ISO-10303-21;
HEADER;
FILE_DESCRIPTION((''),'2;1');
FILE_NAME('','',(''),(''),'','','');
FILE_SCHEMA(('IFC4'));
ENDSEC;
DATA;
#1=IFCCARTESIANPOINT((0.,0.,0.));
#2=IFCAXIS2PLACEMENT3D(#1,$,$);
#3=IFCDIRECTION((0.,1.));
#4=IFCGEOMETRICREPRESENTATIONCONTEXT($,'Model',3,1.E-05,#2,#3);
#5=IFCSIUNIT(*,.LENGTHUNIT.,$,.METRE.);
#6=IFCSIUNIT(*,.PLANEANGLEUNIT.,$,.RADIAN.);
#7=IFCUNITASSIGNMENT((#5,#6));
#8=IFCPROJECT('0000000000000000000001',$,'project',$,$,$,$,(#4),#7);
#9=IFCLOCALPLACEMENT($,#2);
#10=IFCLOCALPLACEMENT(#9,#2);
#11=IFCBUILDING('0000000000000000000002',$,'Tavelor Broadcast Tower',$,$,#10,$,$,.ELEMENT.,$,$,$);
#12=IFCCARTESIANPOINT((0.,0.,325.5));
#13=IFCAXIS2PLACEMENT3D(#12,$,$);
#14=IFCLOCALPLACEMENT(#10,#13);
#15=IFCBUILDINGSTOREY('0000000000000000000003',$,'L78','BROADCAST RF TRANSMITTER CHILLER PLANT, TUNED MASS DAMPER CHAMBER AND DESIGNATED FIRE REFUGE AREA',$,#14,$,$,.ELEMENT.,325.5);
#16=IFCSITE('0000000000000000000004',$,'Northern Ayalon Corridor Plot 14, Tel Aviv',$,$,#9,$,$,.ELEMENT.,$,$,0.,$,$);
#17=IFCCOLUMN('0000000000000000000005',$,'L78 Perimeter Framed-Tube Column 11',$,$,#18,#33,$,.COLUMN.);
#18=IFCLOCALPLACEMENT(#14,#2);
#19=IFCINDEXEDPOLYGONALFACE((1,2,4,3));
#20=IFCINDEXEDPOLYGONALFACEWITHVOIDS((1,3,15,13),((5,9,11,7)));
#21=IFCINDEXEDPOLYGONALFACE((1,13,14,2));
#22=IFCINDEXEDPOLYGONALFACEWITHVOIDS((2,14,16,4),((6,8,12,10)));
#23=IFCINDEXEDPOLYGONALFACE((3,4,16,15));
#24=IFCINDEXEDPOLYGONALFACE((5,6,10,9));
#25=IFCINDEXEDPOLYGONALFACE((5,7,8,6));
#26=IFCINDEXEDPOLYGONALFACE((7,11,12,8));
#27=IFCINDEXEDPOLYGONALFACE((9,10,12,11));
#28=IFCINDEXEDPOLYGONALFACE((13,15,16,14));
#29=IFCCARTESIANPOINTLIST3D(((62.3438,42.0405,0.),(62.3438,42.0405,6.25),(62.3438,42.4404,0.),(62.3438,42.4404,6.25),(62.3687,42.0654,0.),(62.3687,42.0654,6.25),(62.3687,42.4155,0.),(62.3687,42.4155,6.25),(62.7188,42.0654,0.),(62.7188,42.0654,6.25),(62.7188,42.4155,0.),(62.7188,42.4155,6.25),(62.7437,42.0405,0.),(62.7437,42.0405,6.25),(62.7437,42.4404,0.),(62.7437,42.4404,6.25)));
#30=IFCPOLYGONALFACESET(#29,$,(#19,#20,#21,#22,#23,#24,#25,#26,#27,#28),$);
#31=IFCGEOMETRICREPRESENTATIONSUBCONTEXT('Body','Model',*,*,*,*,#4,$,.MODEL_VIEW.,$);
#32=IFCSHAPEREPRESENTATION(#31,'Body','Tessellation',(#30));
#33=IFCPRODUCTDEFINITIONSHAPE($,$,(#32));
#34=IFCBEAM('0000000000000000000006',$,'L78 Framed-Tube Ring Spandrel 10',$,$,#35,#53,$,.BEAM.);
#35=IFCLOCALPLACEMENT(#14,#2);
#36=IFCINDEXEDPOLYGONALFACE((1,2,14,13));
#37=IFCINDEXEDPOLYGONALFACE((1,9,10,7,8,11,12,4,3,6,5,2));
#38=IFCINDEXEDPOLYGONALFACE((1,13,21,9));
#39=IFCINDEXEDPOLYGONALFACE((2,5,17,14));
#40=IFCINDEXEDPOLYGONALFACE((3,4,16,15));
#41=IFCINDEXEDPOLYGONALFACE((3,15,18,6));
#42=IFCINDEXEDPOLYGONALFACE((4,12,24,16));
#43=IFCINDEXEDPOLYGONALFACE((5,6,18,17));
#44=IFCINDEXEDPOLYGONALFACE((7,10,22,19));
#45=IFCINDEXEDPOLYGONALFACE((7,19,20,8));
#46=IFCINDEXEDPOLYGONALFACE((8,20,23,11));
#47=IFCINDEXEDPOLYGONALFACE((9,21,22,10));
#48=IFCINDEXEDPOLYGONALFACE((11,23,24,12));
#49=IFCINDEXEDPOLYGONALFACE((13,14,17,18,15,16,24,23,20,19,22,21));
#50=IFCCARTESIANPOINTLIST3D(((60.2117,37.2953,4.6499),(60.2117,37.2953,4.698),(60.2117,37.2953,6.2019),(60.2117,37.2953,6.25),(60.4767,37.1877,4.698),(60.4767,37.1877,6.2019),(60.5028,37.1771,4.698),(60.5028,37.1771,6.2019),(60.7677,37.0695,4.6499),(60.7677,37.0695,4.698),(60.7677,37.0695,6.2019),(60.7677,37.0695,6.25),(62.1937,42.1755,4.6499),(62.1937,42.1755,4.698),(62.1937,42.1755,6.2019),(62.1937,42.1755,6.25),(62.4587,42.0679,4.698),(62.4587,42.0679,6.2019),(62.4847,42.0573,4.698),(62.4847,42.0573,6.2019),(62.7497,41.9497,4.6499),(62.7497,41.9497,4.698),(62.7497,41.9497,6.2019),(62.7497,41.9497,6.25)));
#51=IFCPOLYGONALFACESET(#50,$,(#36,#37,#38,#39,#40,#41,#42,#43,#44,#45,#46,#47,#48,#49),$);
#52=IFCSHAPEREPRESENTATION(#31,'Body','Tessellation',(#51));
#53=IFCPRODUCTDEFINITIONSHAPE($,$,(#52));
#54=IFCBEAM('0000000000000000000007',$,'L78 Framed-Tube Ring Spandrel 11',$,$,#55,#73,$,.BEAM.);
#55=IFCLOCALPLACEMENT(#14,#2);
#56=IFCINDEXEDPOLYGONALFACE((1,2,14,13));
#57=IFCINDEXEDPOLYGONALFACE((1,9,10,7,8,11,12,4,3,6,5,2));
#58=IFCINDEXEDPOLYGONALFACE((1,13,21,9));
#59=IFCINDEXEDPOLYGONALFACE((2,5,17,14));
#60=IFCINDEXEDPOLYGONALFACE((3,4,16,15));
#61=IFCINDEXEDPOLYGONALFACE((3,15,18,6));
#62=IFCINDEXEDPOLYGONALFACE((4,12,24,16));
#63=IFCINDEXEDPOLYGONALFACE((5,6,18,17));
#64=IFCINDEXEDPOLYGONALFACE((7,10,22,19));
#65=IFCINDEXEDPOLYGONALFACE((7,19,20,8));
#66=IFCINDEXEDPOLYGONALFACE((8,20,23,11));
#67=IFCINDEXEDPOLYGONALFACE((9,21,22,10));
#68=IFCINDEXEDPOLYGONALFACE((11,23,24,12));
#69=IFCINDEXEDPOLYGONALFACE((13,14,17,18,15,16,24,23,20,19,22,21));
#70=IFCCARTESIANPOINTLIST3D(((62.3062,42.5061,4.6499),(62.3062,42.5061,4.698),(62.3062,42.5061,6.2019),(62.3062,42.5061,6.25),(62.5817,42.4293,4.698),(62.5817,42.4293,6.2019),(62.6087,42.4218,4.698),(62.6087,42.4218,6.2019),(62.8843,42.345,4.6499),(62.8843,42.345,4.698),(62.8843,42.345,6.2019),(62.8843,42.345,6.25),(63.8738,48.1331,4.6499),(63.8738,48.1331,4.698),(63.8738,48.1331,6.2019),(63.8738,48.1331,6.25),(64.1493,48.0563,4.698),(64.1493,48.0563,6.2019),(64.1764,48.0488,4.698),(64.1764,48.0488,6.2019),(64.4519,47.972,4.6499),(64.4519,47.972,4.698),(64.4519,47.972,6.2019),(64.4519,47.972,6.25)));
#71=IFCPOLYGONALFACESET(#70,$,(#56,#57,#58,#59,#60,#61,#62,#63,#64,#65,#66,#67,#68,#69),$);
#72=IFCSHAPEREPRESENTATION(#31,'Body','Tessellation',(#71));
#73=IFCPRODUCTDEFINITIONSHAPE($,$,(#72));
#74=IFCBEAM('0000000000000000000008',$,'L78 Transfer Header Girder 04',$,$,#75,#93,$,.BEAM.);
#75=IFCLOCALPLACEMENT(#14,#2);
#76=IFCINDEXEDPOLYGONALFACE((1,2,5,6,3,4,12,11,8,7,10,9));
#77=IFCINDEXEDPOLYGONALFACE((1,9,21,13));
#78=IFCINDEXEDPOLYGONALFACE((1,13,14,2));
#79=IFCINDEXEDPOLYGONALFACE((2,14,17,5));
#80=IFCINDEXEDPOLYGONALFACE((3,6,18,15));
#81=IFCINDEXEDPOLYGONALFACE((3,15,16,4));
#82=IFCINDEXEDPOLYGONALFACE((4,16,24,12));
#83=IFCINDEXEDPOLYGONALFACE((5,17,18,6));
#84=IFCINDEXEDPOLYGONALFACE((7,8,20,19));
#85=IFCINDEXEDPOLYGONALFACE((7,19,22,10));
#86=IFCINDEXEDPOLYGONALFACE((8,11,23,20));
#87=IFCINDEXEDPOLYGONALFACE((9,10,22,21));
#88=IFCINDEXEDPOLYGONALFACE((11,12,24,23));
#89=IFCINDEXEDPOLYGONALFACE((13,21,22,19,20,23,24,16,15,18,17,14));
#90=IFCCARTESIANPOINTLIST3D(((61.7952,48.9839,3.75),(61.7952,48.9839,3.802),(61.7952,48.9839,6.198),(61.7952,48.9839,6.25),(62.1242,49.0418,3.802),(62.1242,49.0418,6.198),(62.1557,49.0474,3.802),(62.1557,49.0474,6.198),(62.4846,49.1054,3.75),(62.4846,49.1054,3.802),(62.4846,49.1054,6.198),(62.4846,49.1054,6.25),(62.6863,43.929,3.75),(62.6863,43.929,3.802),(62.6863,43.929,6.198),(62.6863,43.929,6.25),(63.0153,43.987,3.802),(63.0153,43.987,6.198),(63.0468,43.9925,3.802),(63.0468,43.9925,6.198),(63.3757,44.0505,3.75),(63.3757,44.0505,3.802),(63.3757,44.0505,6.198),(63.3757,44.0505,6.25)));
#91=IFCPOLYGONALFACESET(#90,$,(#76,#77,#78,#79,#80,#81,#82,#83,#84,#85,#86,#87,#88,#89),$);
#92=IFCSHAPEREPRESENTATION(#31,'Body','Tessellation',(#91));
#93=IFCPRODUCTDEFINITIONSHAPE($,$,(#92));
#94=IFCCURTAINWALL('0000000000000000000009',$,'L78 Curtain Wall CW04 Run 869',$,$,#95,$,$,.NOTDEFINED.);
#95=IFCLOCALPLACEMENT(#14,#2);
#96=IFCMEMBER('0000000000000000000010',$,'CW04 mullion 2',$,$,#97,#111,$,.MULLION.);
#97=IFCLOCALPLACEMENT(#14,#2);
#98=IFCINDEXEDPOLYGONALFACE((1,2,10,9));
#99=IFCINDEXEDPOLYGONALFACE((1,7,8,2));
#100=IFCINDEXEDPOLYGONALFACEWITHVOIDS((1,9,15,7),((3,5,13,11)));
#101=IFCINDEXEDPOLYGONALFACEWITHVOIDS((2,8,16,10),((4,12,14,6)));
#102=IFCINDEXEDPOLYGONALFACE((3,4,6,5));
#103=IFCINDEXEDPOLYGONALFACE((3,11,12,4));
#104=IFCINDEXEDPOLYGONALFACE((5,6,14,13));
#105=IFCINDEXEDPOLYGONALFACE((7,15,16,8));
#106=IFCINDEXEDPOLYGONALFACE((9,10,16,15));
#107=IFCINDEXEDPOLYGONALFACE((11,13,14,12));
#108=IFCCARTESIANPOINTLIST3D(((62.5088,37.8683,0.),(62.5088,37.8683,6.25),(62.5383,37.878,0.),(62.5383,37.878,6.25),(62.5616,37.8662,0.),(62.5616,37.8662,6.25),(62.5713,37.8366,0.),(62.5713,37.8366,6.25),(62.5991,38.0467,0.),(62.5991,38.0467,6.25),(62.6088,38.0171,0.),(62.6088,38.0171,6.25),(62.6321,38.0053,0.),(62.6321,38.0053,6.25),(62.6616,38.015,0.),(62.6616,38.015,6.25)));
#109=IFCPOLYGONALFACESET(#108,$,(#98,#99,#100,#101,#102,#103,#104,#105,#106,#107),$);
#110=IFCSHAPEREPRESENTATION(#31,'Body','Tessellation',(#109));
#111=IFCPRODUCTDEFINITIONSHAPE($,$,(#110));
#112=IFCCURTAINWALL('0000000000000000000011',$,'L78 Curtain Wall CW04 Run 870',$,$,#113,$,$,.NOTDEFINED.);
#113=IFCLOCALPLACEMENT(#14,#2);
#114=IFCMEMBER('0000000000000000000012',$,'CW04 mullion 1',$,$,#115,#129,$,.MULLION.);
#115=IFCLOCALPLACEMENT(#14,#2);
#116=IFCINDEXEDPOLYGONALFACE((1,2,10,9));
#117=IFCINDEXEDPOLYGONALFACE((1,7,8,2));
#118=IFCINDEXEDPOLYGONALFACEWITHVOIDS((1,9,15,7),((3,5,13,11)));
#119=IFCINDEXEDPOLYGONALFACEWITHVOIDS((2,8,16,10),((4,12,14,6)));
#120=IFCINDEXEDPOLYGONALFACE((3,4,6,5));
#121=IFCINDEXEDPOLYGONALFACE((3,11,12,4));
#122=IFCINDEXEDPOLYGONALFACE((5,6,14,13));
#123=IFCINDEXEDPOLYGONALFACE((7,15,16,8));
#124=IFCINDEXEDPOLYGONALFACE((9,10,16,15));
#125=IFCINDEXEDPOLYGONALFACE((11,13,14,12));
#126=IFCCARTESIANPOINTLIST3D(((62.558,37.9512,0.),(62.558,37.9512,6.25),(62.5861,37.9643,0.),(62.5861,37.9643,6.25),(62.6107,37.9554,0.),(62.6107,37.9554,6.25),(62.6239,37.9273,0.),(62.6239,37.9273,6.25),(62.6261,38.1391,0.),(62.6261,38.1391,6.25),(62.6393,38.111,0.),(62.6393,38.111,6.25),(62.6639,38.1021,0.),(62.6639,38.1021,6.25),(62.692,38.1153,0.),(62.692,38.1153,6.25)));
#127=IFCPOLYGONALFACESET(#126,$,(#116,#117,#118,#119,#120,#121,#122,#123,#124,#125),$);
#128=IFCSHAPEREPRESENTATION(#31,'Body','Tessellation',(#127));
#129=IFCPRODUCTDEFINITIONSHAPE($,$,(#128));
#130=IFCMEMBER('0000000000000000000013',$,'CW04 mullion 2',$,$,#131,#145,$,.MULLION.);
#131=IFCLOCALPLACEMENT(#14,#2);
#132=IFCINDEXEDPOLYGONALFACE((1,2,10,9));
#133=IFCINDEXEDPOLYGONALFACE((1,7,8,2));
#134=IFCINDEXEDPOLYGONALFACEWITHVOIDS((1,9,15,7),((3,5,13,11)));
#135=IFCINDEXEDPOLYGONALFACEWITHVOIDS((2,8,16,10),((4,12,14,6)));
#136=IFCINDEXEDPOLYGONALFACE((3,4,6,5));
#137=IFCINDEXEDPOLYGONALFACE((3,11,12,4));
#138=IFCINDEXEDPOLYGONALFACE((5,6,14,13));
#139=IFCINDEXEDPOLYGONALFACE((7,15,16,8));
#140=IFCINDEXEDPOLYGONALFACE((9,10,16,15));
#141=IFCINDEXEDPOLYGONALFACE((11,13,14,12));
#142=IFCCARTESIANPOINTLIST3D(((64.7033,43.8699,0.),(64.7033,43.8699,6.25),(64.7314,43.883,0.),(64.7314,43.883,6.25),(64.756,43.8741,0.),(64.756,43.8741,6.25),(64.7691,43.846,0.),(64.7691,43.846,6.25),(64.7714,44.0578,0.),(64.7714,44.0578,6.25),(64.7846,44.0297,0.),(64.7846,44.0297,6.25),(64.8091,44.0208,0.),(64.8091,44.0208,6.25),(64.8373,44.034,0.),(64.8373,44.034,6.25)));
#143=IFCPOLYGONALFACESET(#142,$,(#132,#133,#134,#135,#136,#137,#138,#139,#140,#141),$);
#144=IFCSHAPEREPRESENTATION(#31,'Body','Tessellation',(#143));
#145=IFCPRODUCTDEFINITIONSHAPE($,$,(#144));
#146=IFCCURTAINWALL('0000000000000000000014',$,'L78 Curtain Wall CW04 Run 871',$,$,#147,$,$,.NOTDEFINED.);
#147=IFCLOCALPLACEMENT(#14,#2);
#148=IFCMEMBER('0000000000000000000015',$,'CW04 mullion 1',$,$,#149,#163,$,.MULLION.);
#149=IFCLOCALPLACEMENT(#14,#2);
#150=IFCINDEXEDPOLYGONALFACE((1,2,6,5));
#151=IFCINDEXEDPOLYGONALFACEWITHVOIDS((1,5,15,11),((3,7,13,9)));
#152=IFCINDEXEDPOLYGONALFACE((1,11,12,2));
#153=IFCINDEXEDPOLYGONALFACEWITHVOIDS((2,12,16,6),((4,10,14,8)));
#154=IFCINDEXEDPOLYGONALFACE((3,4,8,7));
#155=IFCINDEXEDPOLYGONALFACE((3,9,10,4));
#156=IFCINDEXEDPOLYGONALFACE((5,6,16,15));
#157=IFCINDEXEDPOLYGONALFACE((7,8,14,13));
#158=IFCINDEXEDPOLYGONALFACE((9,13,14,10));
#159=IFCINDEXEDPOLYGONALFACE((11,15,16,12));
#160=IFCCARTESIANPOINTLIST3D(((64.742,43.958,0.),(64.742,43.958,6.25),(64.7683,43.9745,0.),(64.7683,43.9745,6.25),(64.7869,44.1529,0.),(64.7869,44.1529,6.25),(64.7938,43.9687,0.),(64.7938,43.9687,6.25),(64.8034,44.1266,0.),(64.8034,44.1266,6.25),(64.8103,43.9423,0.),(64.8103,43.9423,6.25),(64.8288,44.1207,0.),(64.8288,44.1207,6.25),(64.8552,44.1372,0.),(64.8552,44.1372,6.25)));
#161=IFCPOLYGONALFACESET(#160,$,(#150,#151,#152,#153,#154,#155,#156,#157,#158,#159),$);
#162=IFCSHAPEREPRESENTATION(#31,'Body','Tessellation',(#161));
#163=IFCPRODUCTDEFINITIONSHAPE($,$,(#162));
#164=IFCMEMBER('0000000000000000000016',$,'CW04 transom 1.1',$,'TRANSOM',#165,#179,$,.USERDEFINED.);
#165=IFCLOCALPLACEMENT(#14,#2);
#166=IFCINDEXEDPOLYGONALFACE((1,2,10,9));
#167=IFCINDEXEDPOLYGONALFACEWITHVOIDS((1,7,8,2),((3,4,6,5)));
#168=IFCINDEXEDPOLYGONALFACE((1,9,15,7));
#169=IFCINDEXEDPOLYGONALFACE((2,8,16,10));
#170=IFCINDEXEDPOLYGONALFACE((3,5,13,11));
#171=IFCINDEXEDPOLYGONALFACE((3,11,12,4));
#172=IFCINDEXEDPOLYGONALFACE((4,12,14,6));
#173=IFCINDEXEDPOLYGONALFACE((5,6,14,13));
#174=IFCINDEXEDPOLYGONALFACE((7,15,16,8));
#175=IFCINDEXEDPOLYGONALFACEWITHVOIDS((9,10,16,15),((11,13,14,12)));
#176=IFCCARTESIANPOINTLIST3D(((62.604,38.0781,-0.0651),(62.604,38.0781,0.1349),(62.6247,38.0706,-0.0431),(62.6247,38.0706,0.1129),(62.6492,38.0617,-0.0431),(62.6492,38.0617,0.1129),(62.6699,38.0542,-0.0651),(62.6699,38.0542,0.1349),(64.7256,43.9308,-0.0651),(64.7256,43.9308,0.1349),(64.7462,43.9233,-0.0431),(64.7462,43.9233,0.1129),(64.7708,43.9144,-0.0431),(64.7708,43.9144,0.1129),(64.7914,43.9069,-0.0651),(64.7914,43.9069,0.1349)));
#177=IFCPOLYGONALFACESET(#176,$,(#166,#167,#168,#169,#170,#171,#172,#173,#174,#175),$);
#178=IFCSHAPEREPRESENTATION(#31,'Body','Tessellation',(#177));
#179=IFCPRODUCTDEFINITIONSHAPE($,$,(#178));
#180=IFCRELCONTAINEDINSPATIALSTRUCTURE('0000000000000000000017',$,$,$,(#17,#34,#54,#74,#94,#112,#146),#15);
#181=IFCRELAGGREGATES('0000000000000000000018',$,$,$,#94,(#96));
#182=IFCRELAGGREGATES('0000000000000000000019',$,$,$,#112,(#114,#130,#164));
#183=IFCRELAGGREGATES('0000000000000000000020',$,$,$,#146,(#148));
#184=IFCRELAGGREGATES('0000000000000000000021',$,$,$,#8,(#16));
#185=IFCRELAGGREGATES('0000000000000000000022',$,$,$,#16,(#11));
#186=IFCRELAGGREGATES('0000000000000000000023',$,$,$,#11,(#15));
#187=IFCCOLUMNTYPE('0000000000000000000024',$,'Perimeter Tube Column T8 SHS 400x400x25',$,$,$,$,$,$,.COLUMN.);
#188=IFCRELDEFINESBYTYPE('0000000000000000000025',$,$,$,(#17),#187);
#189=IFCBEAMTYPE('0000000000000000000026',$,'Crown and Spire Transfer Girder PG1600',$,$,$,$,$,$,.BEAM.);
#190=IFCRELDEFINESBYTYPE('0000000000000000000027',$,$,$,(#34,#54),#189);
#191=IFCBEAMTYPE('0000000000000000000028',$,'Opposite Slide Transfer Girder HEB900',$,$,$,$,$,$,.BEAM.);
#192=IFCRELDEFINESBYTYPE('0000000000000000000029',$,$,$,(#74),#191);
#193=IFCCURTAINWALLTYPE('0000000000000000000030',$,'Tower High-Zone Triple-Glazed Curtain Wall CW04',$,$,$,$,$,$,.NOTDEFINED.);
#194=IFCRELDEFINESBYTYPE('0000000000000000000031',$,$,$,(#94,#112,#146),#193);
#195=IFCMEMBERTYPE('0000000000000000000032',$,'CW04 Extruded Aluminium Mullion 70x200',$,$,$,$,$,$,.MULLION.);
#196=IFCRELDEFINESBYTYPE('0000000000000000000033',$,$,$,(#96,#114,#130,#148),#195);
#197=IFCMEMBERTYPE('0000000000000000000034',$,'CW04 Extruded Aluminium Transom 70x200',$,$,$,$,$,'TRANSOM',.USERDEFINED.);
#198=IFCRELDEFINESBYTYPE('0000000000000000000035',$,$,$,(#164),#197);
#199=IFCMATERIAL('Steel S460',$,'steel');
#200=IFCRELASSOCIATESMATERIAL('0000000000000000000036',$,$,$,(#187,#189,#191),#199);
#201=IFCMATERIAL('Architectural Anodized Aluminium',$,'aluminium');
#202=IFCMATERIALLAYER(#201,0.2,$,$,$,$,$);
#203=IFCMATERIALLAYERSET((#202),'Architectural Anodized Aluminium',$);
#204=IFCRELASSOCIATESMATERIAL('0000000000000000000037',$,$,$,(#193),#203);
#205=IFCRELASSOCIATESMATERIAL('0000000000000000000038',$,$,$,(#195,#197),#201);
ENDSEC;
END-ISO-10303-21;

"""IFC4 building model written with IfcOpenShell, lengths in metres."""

from ifc_helpers import new_model, si_unit, direction, frame, origin, origin_2d, place, context, subcontext, project, spatial, hollow_rectangle, i_section, extrude, source, transform, mapped, material, layer, layer_set, material_profile, profile_set, type_object, type_shapes, element, aggregate, save


model = new_model("IFC4")

# Units and contexts
model_context = context("Model", 3, precision=1e-05, world=origin(), true_north=direction((0.0, 1.0)))
body_context = subcontext(model_context, "Body", "Model", "MODEL_VIEW")
ifc_project = project(units=[si_unit("LENGTHUNIT", "METRE"), si_unit("PLANEANGLEUNIT", "RADIAN")], contexts=[model_context])

# Site, building, storey
site_placement = place(None, origin())
site = spatial("IfcSite", under=ifc_project, at=site_placement, Name="Northern Ayalon Corridor Plot 14, Tel Aviv", CompositionType="ELEMENT", RefElevation=0.0)
building_placement = place(site_placement, origin())
building = spatial("IfcBuilding", under=site, at=building_placement, Name="Tavelor Broadcast Tower", CompositionType="ELEMENT")
storey_placement = place(building_placement, frame((0.0, 0.0, 325.5)))
storey = spatial("IfcBuildingStorey", under=building, at=storey_placement, Name="L78", Description="BROADCAST RF TRANSMITTER CHILLER PLANT, TUNED MASS DAMPER CHAMBER AND DESIGNATED FIRE REFUGE AREA", CompositionType="ELEMENT", Elevation=325.5)

# Column
ifc_material_1 = material(Name="Steel S460", Category="steel")
ifc_material_profile_1 = material_profile(ifc_material_1, hollow_rectangle(XDim=0.3999, YDim=0.3999, WallThickness=0.0249, at=origin_2d()), Name="SHS 400x400x25")
ifc_profile_set_1 = profile_set([ifc_material_profile_1], Name="Steel S460")
column_type = type_object("IfcColumnType", Name="Perimeter Tube Column T8 SHS 400x400x25", PredefinedType="COLUMN", material=ifc_profile_set_1)
column_placement = place(storey_placement, frame((62.5437, 42.2405, 0.0), z_axis=(0.0, 0.0, 1.0), x_axis=(1.0, 0.0, 0.0)))
element("IfcColumn", 1, at=column_placement, inside=storey, type_object=column_type, Name="L78 Perimeter Framed-Tube Column 11", PredefinedType="COLUMN", context=body_context, shape_type="SweptSolid", body=[
    extrude(hollow_rectangle(XDim=0.3999, YDim=0.3999, WallThickness=0.0249, at=origin_2d()), origin(), (0.0, 0.0, 1.0), 6.25),
])

# Beams
ifc_material_profile_2 = material_profile(ifc_material_1, i_section(OverallWidth=0.6001, OverallDepth=1.6001, WebThickness=0.0281, FlangeThickness=0.0481, at=origin_2d()), Name="PG 1600x600")
ifc_profile_set_2 = profile_set([ifc_material_profile_2], Name="Steel S460")
beam_type_1 = type_object("IfcBeamType", Name="Crown and Spire Transfer Girder PG1600", PredefinedType="BEAM", material=ifc_profile_set_2)
beam_1_placement = place(storey_placement, frame((60.4897, 37.1824, 5.45), z_axis=(0.376276, 0.926507, 0.0), x_axis=(-0.926507, 0.376276, 0.0)))
element("IfcBeam", 2, at=beam_1_placement, inside=storey, type_object=beam_type_1, Name="L78 Framed-Tube Ring Spandrel 10", PredefinedType="BEAM", context=body_context, shape_type="SweptSolid", body=[
    extrude(i_section(OverallWidth=0.6001, OverallDepth=1.6001, WebThickness=0.0281, FlangeThickness=0.0481, at=origin_2d()), origin(), (0.0, 0.0, 1.0), 5.2673),
])
beam_2_placement = place(storey_placement, frame((62.5952, 42.4255, 5.45), z_axis=(0.268372, 0.963315, 0.0), x_axis=(-0.963315, 0.268372, 0.0)))
element("IfcBeam", 3, at=beam_2_placement, inside=storey, type_object=beam_type_1, Name="L78 Framed-Tube Ring Spandrel 11", PredefinedType="BEAM", context=body_context, shape_type="SweptSolid", body=[
    extrude(i_section(OverallWidth=0.6001, OverallDepth=1.6001, WebThickness=0.0281, FlangeThickness=0.0481, at=origin_2d()), origin(), (0.0, 0.0, 1.0), 5.8413),
])
ifc_material_profile_3 = material_profile(ifc_material_1, i_section(OverallWidth=0.7, OverallDepth=2.5, WebThickness=0.032, FlangeThickness=0.052, at=origin_2d()), Name="PG 2500x700")
ifc_profile_set_3 = profile_set([ifc_material_profile_3], Name="Steel S460")
beam_type_2 = type_object("IfcBeamType", Name="Opposite Slide Transfer Girder HEB900", PredefinedType="BEAM", material=ifc_profile_set_3)
beam_3_placement = place(storey_placement, frame((63.031, 43.9897, 5.0), z_axis=(-0.173609, 0.984815, 0.0), x_axis=(-0.984815, -0.173609, 0.0)))
element("IfcBeam", 4, at=beam_3_placement, inside=storey, type_object=beam_type_2, Name="L78 Transfer Header Girder 04", PredefinedType="BEAM", context=body_context, shape_type="SweptSolid", body=[
    extrude(i_section(OverallWidth=0.7, OverallDepth=2.5, WebThickness=0.032, FlangeThickness=0.052, at=origin_2d()), origin(), (0.0, 0.0, 1.0), 5.1328),
])

# Curtain wall, member
ifc_material_2 = material(Name="Architectural Anodized Aluminium", Category="aluminium")
ifc_layer_1 = layer(ifc_material_2, 0.2)
ifc_layer_set_1 = layer_set([ifc_layer_1], Name="Architectural Anodized Aluminium")
curtain_wall_type = type_object("IfcCurtainWallType", Name="Tower High-Zone Triple-Glazed Curtain Wall CW04", PredefinedType="NOTDEFINED", material=ifc_layer_set_1)
curtain_wall_1_placement = place(storey_placement, origin())
curtain_wall_1 = element("IfcCurtainWall", 5, at=curtain_wall_1_placement, inside=storey, type_object=curtain_wall_type, Name="L78 Curtain Wall CW04 Run 869", PredefinedType="NOTDEFINED")
ifc_material_profile_4 = material_profile(ifc_material_2, hollow_rectangle(XDim=0.0701, YDim=0.2, WallThickness=0.022, at=origin_2d()), Name="RHS 70x200x22")
ifc_profile_set_4 = profile_set([ifc_material_profile_4], Name="Architectural Anodized Aluminium")
member_type_1 = type_object("IfcMemberType", Name="CW04 Extruded Aluminium Mullion 70x200", PredefinedType="MULLION", material=ifc_profile_set_4)
shared_shape_1 = source(origin(), body_context, "Body", "SweptSolid", [
    extrude(hollow_rectangle(XDim=0.0701, YDim=0.2, WallThickness=0.022, at=origin_2d()), origin(), (0.0, 0.0, 1.0), 6.25),
])
type_shapes(member_type_1, [shared_shape_1])
member_1_placement = place(storey_placement, frame((62.5852, 37.9417, 0.0), z_axis=(0.0, 0.0, 1.0), x_axis=(-0.891997, 0.452041, 0.0)))
member_1 = element("IfcMember", 6, at=member_1_placement, type_object=member_type_1, Name="CW04 mullion 2", PredefinedType="MULLION", context=body_context, shape_type="MappedRepresentation", body=[
    mapped(shared_shape_1, transform((0.0, 0.0, 0.0), scale=1.0)),
])

# Curtain wall, members
curtain_wall_2_placement = place(storey_placement, origin())
curtain_wall_2 = element("IfcCurtainWall", 7, at=curtain_wall_2_placement, inside=storey, type_object=curtain_wall_type, Name="L78 Curtain Wall CW04 Run 870", PredefinedType="NOTDEFINED")
member_2_placement = place(storey_placement, frame((62.625, 38.0332, 0.0), z_axis=(0.0, 0.0, 1.0), x_axis=(-0.94014, 0.340788, 0.0)))
member_2 = element("IfcMember", 8, at=member_2_placement, type_object=member_type_1, Name="CW04 mullion 1", PredefinedType="MULLION", context=body_context, shape_type="MappedRepresentation", body=[
    mapped(shared_shape_1, transform((0.0, 0.0, 0.0), scale=1.0)),
])
member_3_placement = place(storey_placement, frame((64.7703, 43.9519, 0.0), z_axis=(0.0, 0.0, 1.0), x_axis=(-0.94014, 0.340788, 0.0)))
member_3 = element("IfcMember", 9, at=member_3_placement, type_object=member_type_1, Name="CW04 mullion 2", PredefinedType="MULLION", context=body_context, shape_type="MappedRepresentation", body=[
    mapped(shared_shape_1, transform((0.0, 0.0, 0.0), scale=1.0)),
])

# Curtain wall, member
curtain_wall_3_placement = place(storey_placement, origin())
curtain_wall_3 = element("IfcCurtainWall", 10, at=curtain_wall_3_placement, inside=storey, type_object=curtain_wall_type, Name="L78 Curtain Wall CW04 Run 871", PredefinedType="NOTDEFINED")
member_4_placement = place(storey_placement, frame((64.7986, 44.0476, 0.0), z_axis=(0.0, 0.0, 1.0), x_axis=(-0.974472, 0.224507, 0.0)))
member_4 = element("IfcMember", 11, at=member_4_placement, type_object=member_type_1, Name="CW04 mullion 1", PredefinedType="MULLION", context=body_context, shape_type="MappedRepresentation", body=[
    mapped(shared_shape_1, transform((0.0, 0.0, 0.0), scale=1.0)),
])

# Member
ifc_material_profile_5 = material_profile(ifc_material_2, hollow_rectangle(XDim=0.0701, YDim=0.2, WallThickness=0.022, at=origin_2d()), Name="RHS 70x200x22")
ifc_profile_set_5 = profile_set([ifc_material_profile_5], Name="Architectural Anodized Aluminium")
member_type_2 = type_object("IfcMemberType", Name="CW04 Extruded Aluminium Transom 70x200", ElementType="TRANSOM", PredefinedType="USERDEFINED", material=ifc_profile_set_5)
shared_shape_2 = source(origin(), body_context, "Body", "SweptSolid", [
    extrude(hollow_rectangle(XDim=0.0701, YDim=0.2, WallThickness=0.022, at=origin_2d()), origin(), (0.0, 0.0, 1.0), 6.2253),
])
type_shapes(member_type_2, [shared_shape_2])
member_5_placement = place(storey_placement, frame((62.637, 38.0662, 0.0349), z_axis=(0.340792, 0.940139, 0.0), x_axis=(-0.940139, 0.340792, 0.0)))
member_5 = element("IfcMember", 12, at=member_5_placement, type_object=member_type_2, Name="CW04 transom 1.1", ObjectType="TRANSOM", PredefinedType="USERDEFINED", context=body_context, shape_type="MappedRepresentation", body=[
    mapped(shared_shape_2, transform((0.0, 0.0, 0.0), scale=1.0)),
])

aggregate(curtain_wall_1, [member_1])
aggregate(curtain_wall_2, [member_2, member_3, member_5])
aggregate(curtain_wall_3, [member_4])

save(model, "model.ifc")
